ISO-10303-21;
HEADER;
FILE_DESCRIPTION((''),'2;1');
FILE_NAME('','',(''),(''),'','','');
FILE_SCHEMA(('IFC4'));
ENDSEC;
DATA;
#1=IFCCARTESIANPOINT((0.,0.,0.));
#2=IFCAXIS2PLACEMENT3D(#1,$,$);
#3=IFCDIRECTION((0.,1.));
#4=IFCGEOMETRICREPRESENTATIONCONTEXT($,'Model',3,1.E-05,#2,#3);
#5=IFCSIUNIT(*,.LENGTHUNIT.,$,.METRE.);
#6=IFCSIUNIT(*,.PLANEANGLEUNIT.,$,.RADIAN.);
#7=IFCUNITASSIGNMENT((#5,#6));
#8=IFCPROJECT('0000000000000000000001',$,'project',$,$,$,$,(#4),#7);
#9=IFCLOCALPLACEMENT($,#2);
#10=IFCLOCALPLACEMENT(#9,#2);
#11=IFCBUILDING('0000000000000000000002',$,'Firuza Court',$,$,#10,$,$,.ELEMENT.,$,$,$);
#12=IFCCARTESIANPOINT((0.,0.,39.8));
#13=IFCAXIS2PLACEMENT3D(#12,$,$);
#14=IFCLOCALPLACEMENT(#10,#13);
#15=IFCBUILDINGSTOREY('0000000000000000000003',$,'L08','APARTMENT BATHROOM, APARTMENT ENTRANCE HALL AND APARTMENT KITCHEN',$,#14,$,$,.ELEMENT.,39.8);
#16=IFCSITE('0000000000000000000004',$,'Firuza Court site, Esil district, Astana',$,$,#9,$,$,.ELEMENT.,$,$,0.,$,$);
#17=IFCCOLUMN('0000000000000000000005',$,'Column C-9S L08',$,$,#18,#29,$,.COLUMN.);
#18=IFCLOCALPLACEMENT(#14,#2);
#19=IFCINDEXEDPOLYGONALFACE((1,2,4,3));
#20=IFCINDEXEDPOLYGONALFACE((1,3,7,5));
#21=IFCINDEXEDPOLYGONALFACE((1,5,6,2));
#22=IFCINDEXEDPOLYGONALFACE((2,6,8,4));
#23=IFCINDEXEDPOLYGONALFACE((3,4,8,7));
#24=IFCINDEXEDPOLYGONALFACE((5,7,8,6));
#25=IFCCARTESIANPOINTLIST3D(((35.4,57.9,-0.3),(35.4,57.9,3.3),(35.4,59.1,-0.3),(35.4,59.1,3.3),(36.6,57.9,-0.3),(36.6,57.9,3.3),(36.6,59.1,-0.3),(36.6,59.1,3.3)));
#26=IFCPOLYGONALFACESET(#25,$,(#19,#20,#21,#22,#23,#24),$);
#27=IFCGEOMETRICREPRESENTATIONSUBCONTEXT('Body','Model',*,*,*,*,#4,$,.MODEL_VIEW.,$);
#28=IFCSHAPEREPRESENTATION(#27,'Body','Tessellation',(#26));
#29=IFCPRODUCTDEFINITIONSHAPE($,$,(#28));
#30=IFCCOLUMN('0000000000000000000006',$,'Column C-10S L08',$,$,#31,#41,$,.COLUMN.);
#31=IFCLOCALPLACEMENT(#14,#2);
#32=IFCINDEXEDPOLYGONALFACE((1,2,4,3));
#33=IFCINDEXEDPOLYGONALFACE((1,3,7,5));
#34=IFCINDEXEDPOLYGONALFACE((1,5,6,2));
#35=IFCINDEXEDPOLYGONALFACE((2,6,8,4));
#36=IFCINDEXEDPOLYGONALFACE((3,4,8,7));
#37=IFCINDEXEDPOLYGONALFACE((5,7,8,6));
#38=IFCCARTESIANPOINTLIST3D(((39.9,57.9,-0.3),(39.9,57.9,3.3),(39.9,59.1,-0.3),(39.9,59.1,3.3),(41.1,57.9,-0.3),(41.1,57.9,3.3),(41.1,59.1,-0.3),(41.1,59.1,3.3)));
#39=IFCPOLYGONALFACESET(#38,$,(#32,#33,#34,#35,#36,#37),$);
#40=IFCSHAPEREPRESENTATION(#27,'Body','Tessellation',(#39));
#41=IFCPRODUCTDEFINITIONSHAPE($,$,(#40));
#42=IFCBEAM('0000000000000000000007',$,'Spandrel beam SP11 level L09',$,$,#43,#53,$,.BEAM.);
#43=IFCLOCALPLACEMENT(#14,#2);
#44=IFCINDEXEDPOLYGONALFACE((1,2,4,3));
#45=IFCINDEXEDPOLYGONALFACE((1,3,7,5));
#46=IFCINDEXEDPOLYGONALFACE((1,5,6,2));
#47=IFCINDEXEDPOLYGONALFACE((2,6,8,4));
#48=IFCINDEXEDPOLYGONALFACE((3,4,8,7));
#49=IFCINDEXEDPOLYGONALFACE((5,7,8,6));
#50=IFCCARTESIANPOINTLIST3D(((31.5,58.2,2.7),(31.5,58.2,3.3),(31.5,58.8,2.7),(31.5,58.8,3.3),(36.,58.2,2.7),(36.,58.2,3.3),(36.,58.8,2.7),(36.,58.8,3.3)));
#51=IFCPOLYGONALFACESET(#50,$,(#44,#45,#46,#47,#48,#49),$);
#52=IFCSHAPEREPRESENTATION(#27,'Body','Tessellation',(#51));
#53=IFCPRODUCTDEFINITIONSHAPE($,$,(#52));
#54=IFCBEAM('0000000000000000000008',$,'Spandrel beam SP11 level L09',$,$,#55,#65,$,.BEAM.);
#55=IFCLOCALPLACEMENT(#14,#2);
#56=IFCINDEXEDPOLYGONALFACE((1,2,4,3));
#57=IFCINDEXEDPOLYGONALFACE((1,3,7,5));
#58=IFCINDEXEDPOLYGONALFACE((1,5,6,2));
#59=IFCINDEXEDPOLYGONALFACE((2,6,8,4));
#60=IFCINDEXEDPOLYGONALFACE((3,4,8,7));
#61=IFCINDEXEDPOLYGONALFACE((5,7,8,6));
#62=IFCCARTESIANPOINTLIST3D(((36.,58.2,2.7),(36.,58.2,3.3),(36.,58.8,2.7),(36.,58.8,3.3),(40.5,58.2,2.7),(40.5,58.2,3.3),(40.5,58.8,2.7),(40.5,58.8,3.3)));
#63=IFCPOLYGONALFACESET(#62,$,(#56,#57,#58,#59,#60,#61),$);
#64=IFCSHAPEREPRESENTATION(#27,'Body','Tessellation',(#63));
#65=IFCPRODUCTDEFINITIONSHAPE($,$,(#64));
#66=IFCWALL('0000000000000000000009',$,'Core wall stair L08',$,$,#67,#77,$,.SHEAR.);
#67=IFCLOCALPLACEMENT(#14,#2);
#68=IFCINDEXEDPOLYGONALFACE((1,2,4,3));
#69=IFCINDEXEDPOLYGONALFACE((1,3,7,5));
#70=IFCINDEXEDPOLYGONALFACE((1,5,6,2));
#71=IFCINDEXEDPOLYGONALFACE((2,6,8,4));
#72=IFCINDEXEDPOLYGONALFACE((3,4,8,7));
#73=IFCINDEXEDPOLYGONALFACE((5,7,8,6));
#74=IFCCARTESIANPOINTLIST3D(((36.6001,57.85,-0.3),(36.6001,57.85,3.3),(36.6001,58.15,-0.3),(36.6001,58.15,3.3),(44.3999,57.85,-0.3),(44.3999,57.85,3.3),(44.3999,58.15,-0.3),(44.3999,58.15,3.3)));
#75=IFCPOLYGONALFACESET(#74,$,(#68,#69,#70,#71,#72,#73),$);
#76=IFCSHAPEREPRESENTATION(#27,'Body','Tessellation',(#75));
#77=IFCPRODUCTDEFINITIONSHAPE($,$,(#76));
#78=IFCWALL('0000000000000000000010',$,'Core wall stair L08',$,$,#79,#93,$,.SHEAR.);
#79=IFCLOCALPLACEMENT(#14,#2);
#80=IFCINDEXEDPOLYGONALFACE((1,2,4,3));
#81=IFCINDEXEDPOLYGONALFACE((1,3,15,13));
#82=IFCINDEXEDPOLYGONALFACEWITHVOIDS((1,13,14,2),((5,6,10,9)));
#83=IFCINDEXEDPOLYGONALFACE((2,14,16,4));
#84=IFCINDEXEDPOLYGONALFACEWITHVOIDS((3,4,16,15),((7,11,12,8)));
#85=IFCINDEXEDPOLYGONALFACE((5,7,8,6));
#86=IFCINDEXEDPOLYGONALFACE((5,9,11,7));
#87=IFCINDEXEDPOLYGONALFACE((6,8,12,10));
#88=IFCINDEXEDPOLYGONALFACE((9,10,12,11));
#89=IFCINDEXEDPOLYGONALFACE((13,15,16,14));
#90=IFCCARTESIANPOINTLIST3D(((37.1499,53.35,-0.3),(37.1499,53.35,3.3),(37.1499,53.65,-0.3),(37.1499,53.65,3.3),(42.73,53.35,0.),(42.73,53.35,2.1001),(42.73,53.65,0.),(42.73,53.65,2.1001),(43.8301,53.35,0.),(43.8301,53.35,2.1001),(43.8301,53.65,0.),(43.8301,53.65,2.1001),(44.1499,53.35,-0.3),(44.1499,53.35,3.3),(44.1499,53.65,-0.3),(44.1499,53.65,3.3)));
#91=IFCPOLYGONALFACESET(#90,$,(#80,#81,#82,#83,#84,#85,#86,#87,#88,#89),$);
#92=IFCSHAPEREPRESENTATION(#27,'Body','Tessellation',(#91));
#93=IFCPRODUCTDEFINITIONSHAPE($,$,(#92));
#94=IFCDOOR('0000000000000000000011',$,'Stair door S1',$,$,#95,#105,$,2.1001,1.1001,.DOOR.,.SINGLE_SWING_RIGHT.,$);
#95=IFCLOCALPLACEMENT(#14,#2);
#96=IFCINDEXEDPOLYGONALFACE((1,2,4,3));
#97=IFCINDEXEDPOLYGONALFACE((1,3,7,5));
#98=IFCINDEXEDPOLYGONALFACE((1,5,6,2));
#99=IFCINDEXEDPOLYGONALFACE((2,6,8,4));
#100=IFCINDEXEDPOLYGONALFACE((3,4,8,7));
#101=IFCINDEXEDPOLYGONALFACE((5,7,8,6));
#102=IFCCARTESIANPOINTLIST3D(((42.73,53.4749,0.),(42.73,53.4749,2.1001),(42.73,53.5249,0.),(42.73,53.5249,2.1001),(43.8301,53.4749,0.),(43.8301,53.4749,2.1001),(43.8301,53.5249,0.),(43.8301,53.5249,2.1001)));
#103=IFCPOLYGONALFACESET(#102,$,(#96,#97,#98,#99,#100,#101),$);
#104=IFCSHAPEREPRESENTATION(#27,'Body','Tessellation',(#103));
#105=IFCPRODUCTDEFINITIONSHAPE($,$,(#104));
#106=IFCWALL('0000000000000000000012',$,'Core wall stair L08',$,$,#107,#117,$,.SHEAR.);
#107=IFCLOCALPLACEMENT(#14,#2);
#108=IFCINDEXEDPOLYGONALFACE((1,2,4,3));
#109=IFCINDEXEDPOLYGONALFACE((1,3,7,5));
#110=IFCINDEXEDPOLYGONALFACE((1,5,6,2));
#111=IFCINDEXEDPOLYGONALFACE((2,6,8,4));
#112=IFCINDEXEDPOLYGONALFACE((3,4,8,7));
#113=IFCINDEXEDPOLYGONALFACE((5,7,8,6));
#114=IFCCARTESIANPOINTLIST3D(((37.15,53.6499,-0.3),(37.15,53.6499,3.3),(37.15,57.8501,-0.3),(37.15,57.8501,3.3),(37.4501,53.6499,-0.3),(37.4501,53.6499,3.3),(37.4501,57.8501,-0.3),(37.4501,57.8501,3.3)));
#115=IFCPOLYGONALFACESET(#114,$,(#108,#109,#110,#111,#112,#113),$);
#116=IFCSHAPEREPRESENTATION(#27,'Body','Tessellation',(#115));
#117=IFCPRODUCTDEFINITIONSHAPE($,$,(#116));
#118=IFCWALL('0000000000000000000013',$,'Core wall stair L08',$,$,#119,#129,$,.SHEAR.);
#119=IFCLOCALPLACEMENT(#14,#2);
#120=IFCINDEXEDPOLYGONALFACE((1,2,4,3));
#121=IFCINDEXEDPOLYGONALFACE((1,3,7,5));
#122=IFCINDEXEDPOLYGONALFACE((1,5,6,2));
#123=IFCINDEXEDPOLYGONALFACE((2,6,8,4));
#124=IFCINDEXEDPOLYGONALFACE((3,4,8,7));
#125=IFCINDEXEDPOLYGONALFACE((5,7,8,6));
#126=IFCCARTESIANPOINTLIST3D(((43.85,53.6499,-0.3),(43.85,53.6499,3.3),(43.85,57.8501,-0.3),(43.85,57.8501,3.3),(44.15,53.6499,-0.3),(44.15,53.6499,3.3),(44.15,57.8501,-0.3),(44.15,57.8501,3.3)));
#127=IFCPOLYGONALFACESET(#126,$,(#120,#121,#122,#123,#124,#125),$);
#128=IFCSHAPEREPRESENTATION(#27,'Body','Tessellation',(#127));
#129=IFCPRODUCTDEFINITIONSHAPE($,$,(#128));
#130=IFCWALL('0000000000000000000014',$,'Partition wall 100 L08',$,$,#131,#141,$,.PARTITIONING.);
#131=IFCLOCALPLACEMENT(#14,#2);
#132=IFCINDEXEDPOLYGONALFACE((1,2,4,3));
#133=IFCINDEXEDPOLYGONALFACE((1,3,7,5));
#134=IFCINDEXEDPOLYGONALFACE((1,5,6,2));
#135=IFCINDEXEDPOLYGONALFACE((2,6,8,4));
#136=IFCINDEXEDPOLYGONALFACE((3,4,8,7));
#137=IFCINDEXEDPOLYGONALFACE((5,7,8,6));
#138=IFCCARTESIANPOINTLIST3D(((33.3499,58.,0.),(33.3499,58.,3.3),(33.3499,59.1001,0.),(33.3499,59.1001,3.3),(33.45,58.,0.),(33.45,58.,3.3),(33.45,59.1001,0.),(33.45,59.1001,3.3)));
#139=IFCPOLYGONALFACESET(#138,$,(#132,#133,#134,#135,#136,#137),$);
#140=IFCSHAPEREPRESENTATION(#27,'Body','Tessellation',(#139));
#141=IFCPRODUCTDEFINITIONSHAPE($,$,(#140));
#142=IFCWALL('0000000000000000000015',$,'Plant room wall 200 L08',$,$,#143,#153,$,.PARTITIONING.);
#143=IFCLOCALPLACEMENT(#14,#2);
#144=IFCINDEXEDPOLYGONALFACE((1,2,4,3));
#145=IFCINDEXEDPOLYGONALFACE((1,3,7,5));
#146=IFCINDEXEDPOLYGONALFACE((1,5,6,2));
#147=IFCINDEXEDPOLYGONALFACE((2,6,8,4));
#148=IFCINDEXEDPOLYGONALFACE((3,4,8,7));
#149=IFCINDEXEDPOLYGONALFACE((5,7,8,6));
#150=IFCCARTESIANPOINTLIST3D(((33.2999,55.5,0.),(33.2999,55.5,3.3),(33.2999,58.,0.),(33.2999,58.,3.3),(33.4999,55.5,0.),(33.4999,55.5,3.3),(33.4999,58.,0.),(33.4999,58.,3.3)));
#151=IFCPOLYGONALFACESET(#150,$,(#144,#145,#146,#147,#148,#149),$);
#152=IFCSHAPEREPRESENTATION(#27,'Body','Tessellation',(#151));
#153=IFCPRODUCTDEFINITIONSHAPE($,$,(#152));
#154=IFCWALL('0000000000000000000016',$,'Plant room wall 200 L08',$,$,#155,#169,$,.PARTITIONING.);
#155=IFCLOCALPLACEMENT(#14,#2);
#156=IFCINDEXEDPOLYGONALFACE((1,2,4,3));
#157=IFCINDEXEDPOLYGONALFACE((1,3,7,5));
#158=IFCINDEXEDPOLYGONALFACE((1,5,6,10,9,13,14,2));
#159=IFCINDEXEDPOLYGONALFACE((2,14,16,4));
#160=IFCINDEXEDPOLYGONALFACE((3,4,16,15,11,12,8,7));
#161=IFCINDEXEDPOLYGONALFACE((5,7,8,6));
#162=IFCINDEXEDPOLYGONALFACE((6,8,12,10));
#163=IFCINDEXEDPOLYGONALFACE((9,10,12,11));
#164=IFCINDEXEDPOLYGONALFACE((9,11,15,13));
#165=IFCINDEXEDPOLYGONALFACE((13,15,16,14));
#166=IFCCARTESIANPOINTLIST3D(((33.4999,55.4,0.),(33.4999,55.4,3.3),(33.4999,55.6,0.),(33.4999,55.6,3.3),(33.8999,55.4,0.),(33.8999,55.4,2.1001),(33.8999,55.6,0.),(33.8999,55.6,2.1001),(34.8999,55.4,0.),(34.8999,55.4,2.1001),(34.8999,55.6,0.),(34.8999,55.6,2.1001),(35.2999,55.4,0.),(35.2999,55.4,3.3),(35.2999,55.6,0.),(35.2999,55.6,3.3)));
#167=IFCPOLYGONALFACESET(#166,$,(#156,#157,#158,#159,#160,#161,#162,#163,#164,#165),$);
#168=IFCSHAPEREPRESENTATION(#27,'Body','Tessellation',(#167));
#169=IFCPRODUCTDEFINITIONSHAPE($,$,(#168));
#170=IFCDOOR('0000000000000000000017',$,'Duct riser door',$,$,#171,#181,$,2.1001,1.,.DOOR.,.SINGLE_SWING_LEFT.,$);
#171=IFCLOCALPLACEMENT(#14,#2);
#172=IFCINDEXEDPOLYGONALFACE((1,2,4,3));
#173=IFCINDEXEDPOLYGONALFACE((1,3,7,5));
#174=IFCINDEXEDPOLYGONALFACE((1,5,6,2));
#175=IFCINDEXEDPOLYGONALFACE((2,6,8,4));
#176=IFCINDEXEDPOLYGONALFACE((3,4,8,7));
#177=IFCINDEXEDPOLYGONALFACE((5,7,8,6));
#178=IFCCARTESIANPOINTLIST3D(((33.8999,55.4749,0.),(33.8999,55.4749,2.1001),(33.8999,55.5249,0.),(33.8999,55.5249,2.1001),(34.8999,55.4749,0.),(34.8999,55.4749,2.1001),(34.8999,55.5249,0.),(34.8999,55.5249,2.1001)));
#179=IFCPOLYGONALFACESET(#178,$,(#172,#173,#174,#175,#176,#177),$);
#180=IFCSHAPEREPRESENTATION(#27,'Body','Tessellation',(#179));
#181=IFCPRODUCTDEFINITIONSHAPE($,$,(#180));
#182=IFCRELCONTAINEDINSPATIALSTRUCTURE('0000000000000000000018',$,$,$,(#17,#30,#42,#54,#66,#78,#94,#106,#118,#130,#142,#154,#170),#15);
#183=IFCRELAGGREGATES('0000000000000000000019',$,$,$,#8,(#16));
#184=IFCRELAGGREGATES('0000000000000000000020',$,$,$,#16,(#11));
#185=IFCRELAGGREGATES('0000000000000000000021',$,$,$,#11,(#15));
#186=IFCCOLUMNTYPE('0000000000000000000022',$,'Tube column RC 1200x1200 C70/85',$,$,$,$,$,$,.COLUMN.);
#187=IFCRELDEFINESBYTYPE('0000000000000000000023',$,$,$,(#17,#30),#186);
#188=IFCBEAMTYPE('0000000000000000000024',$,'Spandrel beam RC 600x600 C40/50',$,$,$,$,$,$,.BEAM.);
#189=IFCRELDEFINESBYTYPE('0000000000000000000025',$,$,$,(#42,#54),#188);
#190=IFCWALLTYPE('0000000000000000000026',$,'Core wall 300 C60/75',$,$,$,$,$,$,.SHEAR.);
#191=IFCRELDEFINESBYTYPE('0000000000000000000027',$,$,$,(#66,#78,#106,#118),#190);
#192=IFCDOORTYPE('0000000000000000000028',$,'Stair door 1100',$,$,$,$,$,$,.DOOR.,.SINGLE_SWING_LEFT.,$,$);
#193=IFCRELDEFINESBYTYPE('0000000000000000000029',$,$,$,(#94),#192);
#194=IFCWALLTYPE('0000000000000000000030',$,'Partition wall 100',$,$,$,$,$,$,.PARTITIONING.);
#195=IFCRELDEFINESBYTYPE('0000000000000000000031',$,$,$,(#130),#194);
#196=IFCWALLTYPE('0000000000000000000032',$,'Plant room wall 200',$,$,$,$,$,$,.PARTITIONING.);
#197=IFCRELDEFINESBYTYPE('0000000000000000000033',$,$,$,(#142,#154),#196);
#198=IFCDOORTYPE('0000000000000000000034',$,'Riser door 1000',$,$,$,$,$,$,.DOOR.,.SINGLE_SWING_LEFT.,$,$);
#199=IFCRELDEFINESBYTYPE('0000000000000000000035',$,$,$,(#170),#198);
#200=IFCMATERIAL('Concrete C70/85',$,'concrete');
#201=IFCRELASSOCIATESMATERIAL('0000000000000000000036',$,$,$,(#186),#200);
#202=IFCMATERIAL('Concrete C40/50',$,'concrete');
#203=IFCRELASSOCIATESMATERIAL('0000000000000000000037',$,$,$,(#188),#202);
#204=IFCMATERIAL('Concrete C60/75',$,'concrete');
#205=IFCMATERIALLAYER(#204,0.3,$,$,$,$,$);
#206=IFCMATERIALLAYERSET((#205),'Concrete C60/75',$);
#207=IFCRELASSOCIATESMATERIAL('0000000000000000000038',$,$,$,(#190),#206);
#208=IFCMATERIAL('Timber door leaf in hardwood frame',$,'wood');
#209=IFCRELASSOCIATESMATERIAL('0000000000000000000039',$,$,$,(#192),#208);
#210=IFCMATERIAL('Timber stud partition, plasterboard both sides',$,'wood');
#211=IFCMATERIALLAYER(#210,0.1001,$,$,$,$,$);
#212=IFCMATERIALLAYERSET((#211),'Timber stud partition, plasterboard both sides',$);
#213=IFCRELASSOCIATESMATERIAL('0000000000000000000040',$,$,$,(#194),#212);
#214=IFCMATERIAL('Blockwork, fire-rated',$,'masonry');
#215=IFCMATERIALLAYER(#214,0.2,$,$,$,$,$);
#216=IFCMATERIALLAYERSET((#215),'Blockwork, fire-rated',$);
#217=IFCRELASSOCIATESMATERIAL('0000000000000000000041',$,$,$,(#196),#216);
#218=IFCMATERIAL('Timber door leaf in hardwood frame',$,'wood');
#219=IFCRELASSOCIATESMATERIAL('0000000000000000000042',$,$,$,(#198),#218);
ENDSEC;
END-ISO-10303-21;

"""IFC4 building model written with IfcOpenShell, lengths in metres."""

from ifc_helpers import new_model, si_unit, direction, frame, frame_2d, origin, origin_2d, place, context, subcontext, project, spatial, rectangle, extrude, material, layer, layer_set, material_profile, profile_set, type_object, element, fill, save


model = new_model("IFC4")

# Units and contexts
model_context = context("Model", 3, precision=1e-05, world=origin(), true_north=direction((0.0, 1.0)))
body_context = subcontext(model_context, "Body", "Model", "MODEL_VIEW")
ifc_project = project(units=[si_unit("LENGTHUNIT", "METRE"), si_unit("PLANEANGLEUNIT", "RADIAN")], contexts=[model_context])

# Site, building, storey
site_placement = place(None, origin())
site = spatial("IfcSite", under=ifc_project, at=site_placement, Name="Firuza Court site, Esil district, Astana", CompositionType="ELEMENT", RefElevation=0.0)
building_placement = place(site_placement, origin())
building = spatial("IfcBuilding", under=site, at=building_placement, Name="Firuza Court", CompositionType="ELEMENT")
storey_placement = place(building_placement, frame((0.0, 0.0, 39.8)))
storey = spatial("IfcBuildingStorey", under=building, at=storey_placement, Name="L08", Description="APARTMENT BATHROOM, APARTMENT ENTRANCE HALL AND APARTMENT KITCHEN", CompositionType="ELEMENT", Elevation=39.8)

# Columns
ifc_material_1 = material(Name="Concrete C70/85", Category="concrete")
ifc_material_profile_1 = material_profile(ifc_material_1, rectangle(XDim=1.2, YDim=1.2, at=origin_2d()), Name="RC 1200x1200")
ifc_profile_set_1 = profile_set([ifc_material_profile_1], Name="Concrete C70/85")
column_type = type_object("IfcColumnType", Name="Tube column RC 1200x1200 C70/85", PredefinedType="COLUMN", material=ifc_profile_set_1)
for number, where, z_axis, x_axis, name in (
    (1, (36.0, 58.5, -0.3), (0.0, 0.0, 1.0), (1.0, 0.0, 0.0), "Column C-9S L08"),
    (2, (40.5, 58.5, -0.3), (0.0, 0.0, 1.0), (1.0, 0.0, 0.0), "Column C-10S L08"),
):
    element("IfcColumn", number, at=place(storey_placement, frame(where, z_axis=z_axis, x_axis=x_axis)), inside=storey, type_object=column_type, Name=name, PredefinedType="COLUMN", context=body_context, shape_type="SweptSolid", body=[
        extrude(rectangle(XDim=1.2, YDim=1.2, at=origin_2d()), origin(), (0.0, 0.0, 1.0), 3.6001),
    ])

# Beams
ifc_material_2 = material(Name="Concrete C40/50", Category="concrete")
ifc_material_profile_2 = material_profile(ifc_material_2, rectangle(XDim=0.6001, YDim=0.6001, at=origin_2d()), Name="RC 600x600")
ifc_profile_set_2 = profile_set([ifc_material_profile_2], Name="Concrete C40/50")
beam_type = type_object("IfcBeamType", Name="Spandrel beam RC 600x600 C40/50", PredefinedType="BEAM", material=ifc_profile_set_2)
for number, where, z_axis, x_axis, name in (
    (3, (36.0, 58.5, 3.0), (-1.0, 0.0, 0.0), (0.0, -1.0, 0.0), "Spandrel beam SP11 level L09"),
    (4, (40.5, 58.5, 3.0), (-1.0, 0.0, 0.0), (0.0, -1.0, 0.0), "Spandrel beam SP11 level L09"),
):
    element("IfcBeam", number, at=place(storey_placement, frame(where, z_axis=z_axis, x_axis=x_axis)), inside=storey, type_object=beam_type, Name=name, PredefinedType="BEAM", context=body_context, shape_type="SweptSolid", body=[
        extrude(rectangle(XDim=0.6001, YDim=0.6001, at=origin_2d()), origin(), (0.0, 0.0, 1.0), 4.5),
    ])

# Wall
ifc_material_3 = material(Name="Concrete C60/75", Category="concrete")
ifc_layer_1 = layer(ifc_material_3, 0.3)
ifc_layer_set_1 = layer_set([ifc_layer_1], Name="Concrete C60/75")
wall_type_1 = type_object("IfcWallType", Name="Core wall 300 C60/75", PredefinedType="SHEAR", material=ifc_layer_set_1)
wall_1_placement = place(storey_placement, frame((36.6001, 58.0, -0.3), z_axis=(0.0, 0.0, 1.0), x_axis=(1.0, 0.0, 0.0)))
element("IfcWall", 5, at=wall_1_placement, inside=storey, type_object=wall_type_1, Name="Core wall stair L08", PredefinedType="SHEAR", context=body_context, shape_type="SweptSolid", body=[
    extrude(rectangle(XDim=7.7998, YDim=0.3, at=frame_2d((3.8999, 0.0))), origin(), (0.0, 0.0, 1.0), 3.6001),
])

# Wall, opening, door
wall_2_placement = place(storey_placement, frame((37.1499, 53.5, -0.3), z_axis=(0.0, 0.0, 1.0), x_axis=(1.0, 0.0, 0.0)))
wall_2 = element("IfcWall", 6, at=wall_2_placement, inside=storey, type_object=wall_type_1, Name="Core wall stair L08", PredefinedType="SHEAR", context=body_context, shape_type="SweptSolid", body=[
    extrude(rectangle(XDim=7.0, YDim=0.3, at=frame_2d((3.5, 0.0))), origin(), (0.0, 0.0, 1.0), 3.6001),
])
opening_1_placement = place(wall_2_placement, frame((5.5801, 0.0, 0.3)))
opening_1 = element("IfcOpeningElement", 7, at=opening_1_placement, cuts=wall_2, PredefinedType="OPENING", context=body_context, shape_type="SweptSolid", body=[
    extrude(rectangle(XDim=1.1001, YDim=2.1001, at=frame_2d((0.55, 1.05))), frame((0.0, 0.1621, 0.0), z_axis=(0.0, -1.0, 0.0), x_axis=(1.0, 0.0, 0.0)), (0.0, 0.0, 1.0), 0.324),
])
ifc_material_4 = material(Name="Timber door leaf in hardwood frame", Category="wood")
door_type_1 = type_object("IfcDoorType", Name="Stair door 1100", OperationType="SINGLE_SWING_LEFT", PredefinedType="DOOR", material=ifc_material_4)
door_1_placement = place(opening_1_placement, origin())
door_1 = element("IfcDoor", 8, at=door_1_placement, inside=storey, type_object=door_type_1, Name="Stair door S1", OperationType="SINGLE_SWING_RIGHT", OverallHeight=2.1001, OverallWidth=1.1001, PredefinedType="DOOR", context=body_context, shape_type="SweptSolid", body=[
    extrude(rectangle(XDim=1.1001, YDim=2.1001, at=frame_2d((0.55, 1.05))), frame((0.0, 0.0249, 0.0), z_axis=(0.0, -1.0, 0.0), x_axis=(1.0, 0.0, 0.0)), (0.0, 0.0, 1.0), 0.05),
])
fill(opening_1, door_1)

# Walls
for number, where, z_axis, x_axis, name in (
    (9, (37.3, 53.6499, -0.3), (0.0, 0.0, 1.0), (0.0, 1.0, 0.0), "Core wall stair L08"),
    (10, (44.0, 53.6499, -0.3), (0.0, 0.0, 1.0), (0.0, 1.0, 0.0), "Core wall stair L08"),
):
    element("IfcWall", number, at=place(storey_placement, frame(where, z_axis=z_axis, x_axis=x_axis)), inside=storey, type_object=wall_type_1, Name=name, PredefinedType="SHEAR", context=body_context, shape_type="SweptSolid", body=[
        extrude(rectangle(XDim=4.2002, YDim=0.3, at=frame_2d((2.1001, 0.0))), origin(), (0.0, 0.0, 1.0), 3.6001),
    ])
ifc_material_5 = material(Name="Timber stud partition, plasterboard both sides", Category="wood")
ifc_layer_2 = layer(ifc_material_5, 0.1001)
ifc_layer_set_2 = layer_set([ifc_layer_2], Name="Timber stud partition, plasterboard both sides")
wall_type_2 = type_object("IfcWallType", Name="Partition wall 100", PredefinedType="PARTITIONING", material=ifc_layer_set_2)
wall_3_placement = place(storey_placement, frame((33.3999, 58.0, 0.0), z_axis=(0.0, 0.0, 1.0), x_axis=(0.0, 1.0, 0.0)))
element("IfcWall", 11, at=wall_3_placement, inside=storey, type_object=wall_type_2, Name="Partition wall 100 L08", PredefinedType="PARTITIONING", context=body_context, shape_type="SweptSolid", body=[
    extrude(rectangle(XDim=1.1001, YDim=0.1001, at=frame_2d((0.55, 0.0))), origin(), (0.0, 0.0, 1.0), 3.3),
])
ifc_material_6 = material(Name="Blockwork, fire-rated", Category="masonry")
ifc_layer_3 = layer(ifc_material_6, 0.2)
ifc_layer_set_3 = layer_set([ifc_layer_3], Name="Blockwork, fire-rated")
wall_type_3 = type_object("IfcWallType", Name="Plant room wall 200", PredefinedType="PARTITIONING", material=ifc_layer_set_3)
wall_4_placement = place(storey_placement, frame((33.3999, 55.5, 0.0), z_axis=(0.0, 0.0, 1.0), x_axis=(0.0, 1.0, 0.0)))
element("IfcWall", 12, at=wall_4_placement, inside=storey, type_object=wall_type_3, Name="Plant room wall 200 L08", PredefinedType="PARTITIONING", context=body_context, shape_type="SweptSolid", body=[
    extrude(rectangle(XDim=2.5, YDim=0.2, at=frame_2d((1.25, 0.0))), origin(), (0.0, 0.0, 1.0), 3.3),
])

# Wall, opening, door
wall_5_placement = place(storey_placement, frame((33.5, 55.5, 0.0), z_axis=(0.0, 0.0, 1.0), x_axis=(1.0, 0.0, 0.0)))
wall_5 = element("IfcWall", 13, at=wall_5_placement, inside=storey, type_object=wall_type_3, Name="Plant room wall 200 L08", PredefinedType="PARTITIONING", context=body_context, shape_type="SweptSolid", body=[
    extrude(rectangle(XDim=1.8, YDim=0.2, at=frame_2d((0.8999, 0.0))), origin(), (0.0, 0.0, 1.0), 3.3),
])
opening_2_placement = place(wall_5_placement, frame((0.3999, 0.0, 0.0)))
opening_2 = element("IfcOpeningElement", 14, at=opening_2_placement, cuts=wall_5, PredefinedType="OPENING", context=body_context, shape_type="SweptSolid", body=[
    extrude(rectangle(XDim=1.0, YDim=2.1001, at=frame_2d((0.5, 1.05))), frame((0.0, 0.1118, 0.0), z_axis=(0.0, -1.0, 0.0), x_axis=(1.0, 0.0, 0.0)), (0.0, 0.0, 1.0), 0.2239),
])
ifc_material_7 = material(Name="Timber door leaf in hardwood frame", Category="wood")
door_type_2 = type_object("IfcDoorType", Name="Riser door 1000", OperationType="SINGLE_SWING_LEFT", PredefinedType="DOOR", material=ifc_material_7)
door_2_placement = place(opening_2_placement, origin())
door_2 = element("IfcDoor", 15, at=door_2_placement, inside=storey, type_object=door_type_2, Name="Duct riser door", OperationType="SINGLE_SWING_LEFT", OverallHeight=2.1001, OverallWidth=1.0, PredefinedType="DOOR", context=body_context, shape_type="SweptSolid", body=[
    extrude(rectangle(XDim=1.0, YDim=2.1001, at=frame_2d((0.5, 1.05))), frame((0.0, 0.0249, 0.0), z_axis=(0.0, -1.0, 0.0), x_axis=(1.0, 0.0, 0.0)), (0.0, 0.0, 1.0), 0.05),
])
fill(opening_2, door_2)

save(model, "model.ifc")
